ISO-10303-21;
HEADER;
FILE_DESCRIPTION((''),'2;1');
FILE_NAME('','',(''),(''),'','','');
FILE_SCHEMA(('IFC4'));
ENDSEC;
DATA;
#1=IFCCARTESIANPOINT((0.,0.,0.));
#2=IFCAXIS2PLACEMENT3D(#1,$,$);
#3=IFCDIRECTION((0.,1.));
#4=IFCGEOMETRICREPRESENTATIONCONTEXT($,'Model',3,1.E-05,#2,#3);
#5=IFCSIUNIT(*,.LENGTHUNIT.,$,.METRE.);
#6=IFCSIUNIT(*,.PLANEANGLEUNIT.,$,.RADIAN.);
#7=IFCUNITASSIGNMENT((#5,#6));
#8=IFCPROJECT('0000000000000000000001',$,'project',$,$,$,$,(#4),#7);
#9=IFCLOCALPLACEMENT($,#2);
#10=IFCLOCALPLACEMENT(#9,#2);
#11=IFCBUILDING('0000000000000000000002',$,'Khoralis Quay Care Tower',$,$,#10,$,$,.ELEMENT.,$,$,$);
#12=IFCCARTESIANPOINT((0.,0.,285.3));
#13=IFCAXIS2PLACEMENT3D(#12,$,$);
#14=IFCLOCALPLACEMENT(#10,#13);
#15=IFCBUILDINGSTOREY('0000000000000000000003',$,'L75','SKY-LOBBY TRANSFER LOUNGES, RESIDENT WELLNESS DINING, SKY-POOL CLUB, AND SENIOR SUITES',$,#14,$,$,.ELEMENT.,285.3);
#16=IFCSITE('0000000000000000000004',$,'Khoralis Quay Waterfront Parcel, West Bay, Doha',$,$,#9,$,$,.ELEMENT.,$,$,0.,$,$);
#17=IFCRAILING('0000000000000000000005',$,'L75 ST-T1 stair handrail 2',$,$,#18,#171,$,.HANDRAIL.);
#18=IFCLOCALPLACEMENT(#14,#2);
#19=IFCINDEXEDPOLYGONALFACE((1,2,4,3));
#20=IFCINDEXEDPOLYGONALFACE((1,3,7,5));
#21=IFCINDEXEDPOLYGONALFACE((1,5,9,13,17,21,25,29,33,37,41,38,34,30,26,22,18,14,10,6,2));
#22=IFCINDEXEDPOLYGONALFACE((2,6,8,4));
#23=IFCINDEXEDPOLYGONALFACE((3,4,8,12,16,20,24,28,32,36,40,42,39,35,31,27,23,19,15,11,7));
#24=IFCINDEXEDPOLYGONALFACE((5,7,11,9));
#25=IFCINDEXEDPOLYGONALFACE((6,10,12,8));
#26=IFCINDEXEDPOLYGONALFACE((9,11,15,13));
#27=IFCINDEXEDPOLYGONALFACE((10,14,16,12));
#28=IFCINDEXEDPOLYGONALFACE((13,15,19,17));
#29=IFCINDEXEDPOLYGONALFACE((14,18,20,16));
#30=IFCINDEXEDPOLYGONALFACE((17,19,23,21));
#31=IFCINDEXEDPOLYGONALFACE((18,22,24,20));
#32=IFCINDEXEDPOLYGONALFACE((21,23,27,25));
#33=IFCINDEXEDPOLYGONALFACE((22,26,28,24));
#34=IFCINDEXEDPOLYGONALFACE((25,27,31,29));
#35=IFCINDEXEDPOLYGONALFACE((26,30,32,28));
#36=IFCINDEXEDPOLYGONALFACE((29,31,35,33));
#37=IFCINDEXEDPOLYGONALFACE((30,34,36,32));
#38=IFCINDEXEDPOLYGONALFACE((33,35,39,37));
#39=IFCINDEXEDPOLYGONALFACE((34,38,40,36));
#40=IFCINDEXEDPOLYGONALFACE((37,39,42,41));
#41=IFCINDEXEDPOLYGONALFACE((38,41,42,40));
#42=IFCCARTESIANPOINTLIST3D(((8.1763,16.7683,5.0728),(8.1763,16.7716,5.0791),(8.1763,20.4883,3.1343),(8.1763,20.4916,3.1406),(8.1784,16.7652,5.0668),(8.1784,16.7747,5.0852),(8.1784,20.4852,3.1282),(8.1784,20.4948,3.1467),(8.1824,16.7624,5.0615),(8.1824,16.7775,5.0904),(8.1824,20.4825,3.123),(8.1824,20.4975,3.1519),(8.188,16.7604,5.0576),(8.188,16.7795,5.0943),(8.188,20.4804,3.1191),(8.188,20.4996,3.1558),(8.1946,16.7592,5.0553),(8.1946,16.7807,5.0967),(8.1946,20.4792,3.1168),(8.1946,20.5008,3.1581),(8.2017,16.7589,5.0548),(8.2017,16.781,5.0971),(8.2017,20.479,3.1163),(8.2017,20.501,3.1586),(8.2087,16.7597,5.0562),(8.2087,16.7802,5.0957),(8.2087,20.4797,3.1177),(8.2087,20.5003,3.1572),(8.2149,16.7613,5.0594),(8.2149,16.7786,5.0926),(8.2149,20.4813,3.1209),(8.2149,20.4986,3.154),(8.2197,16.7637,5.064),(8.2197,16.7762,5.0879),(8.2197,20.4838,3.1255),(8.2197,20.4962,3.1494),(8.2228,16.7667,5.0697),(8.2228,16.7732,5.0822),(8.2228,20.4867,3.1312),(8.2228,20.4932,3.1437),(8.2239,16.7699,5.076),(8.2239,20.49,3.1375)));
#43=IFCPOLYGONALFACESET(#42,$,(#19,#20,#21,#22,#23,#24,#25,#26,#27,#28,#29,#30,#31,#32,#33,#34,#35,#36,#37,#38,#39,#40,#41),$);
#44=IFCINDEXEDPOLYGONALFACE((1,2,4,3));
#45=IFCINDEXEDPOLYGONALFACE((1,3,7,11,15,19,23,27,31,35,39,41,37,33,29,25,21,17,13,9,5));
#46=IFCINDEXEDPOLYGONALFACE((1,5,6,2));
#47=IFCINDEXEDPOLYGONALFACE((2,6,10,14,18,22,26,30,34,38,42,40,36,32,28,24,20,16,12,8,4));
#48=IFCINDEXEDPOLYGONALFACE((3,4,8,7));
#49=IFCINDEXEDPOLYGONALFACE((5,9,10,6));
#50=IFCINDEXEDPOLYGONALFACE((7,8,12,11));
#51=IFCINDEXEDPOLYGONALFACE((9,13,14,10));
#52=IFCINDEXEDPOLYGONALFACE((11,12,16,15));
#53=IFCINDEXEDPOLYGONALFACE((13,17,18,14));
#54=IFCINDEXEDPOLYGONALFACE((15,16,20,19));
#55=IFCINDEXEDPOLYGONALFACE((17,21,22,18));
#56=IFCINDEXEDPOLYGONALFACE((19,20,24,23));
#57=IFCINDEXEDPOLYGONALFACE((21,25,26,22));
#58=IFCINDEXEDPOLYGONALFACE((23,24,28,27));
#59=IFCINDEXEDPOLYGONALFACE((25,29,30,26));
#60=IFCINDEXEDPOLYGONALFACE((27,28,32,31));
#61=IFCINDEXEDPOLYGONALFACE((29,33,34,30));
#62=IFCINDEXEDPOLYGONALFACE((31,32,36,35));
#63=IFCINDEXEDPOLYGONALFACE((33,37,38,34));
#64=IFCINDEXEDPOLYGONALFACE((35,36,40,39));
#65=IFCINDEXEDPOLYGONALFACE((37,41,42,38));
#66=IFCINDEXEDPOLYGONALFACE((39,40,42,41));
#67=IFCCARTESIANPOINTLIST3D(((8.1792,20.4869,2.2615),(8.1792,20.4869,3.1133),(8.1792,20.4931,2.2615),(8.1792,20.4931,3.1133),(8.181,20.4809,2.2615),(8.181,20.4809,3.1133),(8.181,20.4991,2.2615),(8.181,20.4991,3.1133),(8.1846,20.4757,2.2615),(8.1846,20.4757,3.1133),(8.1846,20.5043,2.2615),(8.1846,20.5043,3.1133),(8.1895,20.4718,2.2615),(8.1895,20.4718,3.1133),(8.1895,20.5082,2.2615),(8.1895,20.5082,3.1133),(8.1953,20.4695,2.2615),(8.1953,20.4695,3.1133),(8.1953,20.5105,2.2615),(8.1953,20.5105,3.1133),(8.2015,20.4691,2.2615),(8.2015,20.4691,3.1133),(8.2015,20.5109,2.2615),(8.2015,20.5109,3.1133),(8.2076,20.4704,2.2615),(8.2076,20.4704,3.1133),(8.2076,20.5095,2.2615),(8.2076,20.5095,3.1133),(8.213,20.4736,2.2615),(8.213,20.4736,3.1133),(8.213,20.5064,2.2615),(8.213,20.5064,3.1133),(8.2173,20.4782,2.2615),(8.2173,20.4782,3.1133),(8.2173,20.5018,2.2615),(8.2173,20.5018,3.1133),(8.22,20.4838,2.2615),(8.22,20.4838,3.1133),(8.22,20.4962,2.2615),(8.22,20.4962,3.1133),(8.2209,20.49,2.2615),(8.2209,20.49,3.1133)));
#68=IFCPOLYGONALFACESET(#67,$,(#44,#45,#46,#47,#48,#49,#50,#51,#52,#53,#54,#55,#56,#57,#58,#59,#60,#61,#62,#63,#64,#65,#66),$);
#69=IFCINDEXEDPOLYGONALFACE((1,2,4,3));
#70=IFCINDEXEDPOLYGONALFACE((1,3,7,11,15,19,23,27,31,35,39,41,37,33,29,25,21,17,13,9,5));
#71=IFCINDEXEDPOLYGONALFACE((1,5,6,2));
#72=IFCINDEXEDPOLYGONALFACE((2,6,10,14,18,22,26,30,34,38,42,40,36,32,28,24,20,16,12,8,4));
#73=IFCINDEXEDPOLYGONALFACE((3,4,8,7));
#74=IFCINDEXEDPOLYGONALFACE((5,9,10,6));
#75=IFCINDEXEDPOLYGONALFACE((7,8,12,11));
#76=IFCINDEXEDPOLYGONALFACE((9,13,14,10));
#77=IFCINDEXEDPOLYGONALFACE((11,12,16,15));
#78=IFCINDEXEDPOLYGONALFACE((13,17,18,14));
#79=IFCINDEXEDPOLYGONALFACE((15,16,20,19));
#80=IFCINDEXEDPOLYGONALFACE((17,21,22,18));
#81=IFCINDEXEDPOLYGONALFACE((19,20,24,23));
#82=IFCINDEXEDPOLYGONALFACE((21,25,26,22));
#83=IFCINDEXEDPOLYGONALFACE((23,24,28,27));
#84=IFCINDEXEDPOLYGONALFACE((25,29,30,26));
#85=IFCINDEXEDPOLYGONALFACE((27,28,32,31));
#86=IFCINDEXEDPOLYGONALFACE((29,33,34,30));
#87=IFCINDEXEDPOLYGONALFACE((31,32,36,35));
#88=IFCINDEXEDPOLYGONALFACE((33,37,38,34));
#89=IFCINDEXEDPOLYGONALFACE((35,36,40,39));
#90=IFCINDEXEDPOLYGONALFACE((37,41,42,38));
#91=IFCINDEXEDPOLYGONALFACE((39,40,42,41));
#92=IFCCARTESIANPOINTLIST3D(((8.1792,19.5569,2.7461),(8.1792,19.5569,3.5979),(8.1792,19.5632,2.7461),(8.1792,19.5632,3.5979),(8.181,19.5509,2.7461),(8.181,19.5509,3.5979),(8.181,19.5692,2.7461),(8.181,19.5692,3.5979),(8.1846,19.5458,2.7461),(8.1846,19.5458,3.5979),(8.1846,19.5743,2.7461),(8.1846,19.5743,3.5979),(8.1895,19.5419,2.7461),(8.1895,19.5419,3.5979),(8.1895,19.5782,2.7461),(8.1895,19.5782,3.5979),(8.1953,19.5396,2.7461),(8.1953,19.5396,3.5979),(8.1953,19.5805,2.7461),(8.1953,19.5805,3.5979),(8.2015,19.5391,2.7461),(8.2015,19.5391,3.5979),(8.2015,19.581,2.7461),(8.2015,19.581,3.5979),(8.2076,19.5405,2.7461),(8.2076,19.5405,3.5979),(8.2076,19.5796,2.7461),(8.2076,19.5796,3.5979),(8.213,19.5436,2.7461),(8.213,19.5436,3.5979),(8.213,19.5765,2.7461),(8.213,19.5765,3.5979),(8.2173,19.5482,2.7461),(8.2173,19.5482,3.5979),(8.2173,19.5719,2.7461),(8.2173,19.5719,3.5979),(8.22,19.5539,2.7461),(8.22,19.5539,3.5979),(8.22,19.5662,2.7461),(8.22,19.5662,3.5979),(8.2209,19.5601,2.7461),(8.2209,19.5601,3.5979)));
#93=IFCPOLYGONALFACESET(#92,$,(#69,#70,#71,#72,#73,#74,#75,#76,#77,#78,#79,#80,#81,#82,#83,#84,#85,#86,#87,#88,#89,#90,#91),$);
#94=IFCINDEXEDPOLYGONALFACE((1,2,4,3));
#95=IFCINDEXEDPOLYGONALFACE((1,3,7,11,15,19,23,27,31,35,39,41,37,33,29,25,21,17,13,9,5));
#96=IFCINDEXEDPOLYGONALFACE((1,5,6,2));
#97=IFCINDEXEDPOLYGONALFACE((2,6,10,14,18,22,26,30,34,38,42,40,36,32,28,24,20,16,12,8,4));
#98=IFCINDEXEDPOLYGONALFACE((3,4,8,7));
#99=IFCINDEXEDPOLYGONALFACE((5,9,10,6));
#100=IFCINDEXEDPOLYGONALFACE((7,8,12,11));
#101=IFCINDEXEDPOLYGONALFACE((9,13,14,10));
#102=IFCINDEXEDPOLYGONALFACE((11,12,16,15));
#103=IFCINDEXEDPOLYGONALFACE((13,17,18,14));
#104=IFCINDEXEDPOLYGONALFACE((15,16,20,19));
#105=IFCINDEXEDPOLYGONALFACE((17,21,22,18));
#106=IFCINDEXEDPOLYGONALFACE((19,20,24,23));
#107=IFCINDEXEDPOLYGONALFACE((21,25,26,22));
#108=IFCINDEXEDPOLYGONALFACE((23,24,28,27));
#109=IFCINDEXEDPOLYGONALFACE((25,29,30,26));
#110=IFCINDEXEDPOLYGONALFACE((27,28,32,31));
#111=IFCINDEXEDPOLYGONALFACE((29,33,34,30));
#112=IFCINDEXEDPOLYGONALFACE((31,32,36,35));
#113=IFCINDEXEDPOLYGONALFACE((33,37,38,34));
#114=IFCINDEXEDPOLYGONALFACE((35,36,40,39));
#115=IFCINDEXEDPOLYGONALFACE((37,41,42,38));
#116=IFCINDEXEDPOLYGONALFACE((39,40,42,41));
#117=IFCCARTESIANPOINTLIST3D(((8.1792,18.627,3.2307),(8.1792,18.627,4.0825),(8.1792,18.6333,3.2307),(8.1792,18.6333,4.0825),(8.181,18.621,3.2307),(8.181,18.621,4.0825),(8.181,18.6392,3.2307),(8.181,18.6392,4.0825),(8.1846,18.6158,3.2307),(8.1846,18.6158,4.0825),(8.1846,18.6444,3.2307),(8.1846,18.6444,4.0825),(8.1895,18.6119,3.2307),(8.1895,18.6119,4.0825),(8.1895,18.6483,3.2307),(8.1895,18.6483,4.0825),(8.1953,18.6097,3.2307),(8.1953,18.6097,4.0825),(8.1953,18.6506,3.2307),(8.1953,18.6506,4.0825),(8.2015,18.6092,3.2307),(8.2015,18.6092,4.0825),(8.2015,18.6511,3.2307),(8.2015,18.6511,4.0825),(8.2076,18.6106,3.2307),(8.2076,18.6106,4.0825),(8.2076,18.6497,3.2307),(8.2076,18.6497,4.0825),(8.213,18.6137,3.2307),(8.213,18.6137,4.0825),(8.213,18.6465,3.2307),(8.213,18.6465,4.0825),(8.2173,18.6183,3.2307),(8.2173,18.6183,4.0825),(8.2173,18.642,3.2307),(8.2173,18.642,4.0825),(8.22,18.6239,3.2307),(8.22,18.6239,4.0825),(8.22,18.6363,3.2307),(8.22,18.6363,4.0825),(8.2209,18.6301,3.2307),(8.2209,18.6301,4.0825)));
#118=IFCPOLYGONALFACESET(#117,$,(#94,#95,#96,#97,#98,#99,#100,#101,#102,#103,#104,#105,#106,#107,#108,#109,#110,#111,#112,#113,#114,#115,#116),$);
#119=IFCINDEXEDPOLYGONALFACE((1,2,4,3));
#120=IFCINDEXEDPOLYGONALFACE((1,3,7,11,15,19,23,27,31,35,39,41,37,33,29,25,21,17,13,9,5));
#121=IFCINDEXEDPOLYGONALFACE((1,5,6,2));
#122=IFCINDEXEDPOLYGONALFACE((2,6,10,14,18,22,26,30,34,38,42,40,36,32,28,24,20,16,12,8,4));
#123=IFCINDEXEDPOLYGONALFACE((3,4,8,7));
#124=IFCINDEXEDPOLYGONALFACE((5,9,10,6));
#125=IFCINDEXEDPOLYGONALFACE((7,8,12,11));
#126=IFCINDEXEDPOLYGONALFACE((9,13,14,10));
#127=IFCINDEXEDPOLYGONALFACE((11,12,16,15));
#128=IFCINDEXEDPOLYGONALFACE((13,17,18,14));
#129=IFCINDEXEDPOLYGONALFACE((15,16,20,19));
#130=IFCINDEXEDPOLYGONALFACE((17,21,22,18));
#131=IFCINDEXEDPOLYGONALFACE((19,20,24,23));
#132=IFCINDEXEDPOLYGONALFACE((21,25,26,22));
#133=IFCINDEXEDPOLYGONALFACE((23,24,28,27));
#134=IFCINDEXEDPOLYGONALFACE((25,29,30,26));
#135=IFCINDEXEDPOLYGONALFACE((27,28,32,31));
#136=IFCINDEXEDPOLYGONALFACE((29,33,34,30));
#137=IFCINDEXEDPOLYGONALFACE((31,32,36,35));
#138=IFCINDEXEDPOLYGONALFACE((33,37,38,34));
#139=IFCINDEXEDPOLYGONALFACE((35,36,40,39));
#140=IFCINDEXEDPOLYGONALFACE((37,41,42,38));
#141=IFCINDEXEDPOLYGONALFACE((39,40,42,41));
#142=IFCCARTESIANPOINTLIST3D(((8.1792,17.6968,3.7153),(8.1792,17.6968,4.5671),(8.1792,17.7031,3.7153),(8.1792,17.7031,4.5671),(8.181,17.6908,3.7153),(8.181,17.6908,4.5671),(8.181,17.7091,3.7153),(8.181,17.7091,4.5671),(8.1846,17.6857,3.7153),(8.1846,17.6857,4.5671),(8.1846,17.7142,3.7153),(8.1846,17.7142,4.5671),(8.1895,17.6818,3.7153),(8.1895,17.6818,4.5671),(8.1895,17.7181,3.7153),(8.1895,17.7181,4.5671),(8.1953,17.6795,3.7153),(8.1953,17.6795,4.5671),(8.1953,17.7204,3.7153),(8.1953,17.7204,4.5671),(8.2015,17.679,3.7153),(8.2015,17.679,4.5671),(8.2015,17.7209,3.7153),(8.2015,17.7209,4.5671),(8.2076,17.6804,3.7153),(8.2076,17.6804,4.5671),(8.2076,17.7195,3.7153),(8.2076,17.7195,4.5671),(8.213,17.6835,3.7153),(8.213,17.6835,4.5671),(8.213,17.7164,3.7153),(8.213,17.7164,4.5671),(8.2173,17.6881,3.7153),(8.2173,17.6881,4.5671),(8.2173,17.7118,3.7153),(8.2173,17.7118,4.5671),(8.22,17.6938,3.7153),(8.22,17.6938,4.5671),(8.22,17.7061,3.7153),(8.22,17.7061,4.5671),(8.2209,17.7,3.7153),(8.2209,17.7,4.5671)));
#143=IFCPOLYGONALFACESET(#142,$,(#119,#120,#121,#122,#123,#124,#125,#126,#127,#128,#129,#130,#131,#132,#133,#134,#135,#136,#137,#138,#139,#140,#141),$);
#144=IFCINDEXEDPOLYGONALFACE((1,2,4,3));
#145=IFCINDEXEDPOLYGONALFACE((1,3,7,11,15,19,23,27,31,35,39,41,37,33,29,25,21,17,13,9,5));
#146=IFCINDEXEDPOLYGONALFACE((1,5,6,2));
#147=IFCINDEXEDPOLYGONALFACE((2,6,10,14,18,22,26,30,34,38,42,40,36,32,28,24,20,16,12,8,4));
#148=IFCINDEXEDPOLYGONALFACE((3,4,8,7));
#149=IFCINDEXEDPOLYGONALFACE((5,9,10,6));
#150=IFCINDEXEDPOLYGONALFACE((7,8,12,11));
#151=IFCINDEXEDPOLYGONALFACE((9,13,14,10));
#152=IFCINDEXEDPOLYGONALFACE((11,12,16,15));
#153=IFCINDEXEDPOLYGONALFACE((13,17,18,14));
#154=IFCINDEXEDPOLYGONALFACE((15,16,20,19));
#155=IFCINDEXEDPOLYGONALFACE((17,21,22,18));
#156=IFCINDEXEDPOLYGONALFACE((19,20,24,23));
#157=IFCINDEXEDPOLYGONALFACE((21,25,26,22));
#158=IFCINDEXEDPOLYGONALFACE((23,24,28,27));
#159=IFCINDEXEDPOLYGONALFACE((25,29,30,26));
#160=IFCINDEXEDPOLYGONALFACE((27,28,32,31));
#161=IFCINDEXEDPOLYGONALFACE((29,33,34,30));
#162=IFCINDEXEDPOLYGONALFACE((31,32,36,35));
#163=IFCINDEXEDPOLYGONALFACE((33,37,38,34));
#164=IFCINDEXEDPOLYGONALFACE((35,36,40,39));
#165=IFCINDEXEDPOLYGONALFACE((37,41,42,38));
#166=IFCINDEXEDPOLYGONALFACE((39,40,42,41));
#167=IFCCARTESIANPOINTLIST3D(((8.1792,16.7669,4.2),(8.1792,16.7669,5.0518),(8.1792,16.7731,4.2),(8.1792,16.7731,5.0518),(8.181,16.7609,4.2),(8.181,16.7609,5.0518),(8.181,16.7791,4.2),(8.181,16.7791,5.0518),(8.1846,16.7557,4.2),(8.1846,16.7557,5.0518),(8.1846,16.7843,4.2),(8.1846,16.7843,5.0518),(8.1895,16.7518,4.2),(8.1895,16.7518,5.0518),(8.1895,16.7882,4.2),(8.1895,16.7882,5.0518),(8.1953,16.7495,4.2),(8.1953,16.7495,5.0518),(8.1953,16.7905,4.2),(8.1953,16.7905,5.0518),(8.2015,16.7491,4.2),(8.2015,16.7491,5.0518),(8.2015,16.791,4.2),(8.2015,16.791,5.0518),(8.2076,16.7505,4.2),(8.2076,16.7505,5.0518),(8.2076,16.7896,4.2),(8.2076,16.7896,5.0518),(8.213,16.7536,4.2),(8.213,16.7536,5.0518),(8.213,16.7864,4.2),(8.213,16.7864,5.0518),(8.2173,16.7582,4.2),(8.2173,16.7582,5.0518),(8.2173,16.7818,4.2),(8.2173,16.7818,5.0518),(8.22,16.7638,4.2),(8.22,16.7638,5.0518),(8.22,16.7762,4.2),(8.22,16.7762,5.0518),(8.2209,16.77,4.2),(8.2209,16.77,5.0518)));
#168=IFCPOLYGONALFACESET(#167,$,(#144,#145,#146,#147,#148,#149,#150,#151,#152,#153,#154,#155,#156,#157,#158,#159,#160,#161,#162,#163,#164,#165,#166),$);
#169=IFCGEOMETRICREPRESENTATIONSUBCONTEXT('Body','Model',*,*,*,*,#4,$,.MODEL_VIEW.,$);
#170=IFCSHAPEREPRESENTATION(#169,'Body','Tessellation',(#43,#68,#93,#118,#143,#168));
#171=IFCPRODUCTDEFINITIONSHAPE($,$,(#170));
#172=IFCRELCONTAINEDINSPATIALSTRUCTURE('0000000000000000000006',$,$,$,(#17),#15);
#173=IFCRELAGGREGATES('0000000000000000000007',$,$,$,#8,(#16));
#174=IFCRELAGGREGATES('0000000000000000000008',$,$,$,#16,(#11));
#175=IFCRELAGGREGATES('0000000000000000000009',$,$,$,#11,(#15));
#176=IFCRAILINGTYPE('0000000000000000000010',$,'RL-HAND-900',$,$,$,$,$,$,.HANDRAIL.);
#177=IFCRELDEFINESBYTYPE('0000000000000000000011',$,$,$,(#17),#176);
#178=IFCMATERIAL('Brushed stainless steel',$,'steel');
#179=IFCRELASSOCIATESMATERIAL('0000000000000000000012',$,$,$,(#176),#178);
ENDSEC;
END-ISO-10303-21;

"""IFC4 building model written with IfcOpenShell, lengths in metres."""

from ifc_helpers import new_model, si_unit, direction, frame, origin, origin_2d, place, context, subcontext, project, spatial, circle, extrude, material, type_object, element, save


model = new_model("IFC4")

# Units and contexts
model_context = context("Model", 3, precision=1e-05, world=origin(), true_north=direction((0.0, 1.0)))
body_context = subcontext(model_context, "Body", "Model", "MODEL_VIEW")
ifc_project = project(units=[si_unit("LENGTHUNIT", "METRE"), si_unit("PLANEANGLEUNIT", "RADIAN")], contexts=[model_context])

# Site, building, storey
site_placement = place(None, origin())
site = spatial("IfcSite", under=ifc_project, at=site_placement, Name="Khoralis Quay Waterfront Parcel, West Bay, Doha", CompositionType="ELEMENT", RefElevation=0.0)
building_placement = place(site_placement, origin())
building = spatial("IfcBuilding", under=site, at=building_placement, Name="Khoralis Quay Care Tower", CompositionType="ELEMENT")
storey_placement = place(building_placement, frame((0.0, 0.0, 285.3)))
storey = spatial("IfcBuildingStorey", under=building, at=storey_placement, Name="L75", Description="SKY-LOBBY TRANSFER LOUNGES, RESIDENT WELLNESS DINING, SKY-POOL CLUB, AND SENIOR SUITES", CompositionType="ELEMENT", Elevation=285.3)

# Shared definitions
ifc_material_1 = material(Name="Brushed stainless steel", Category="steel")

# Railing
railing_type_1 = type_object("IfcRailingType", Name="RL-HAND-900", PredefinedType="HANDRAIL", material=ifc_material_1)
railing_1_placement = place(storey_placement, frame((8.2, 20.49, 2.2615)))
element("IfcRailing", 1, at=railing_1_placement, inside=storey, type_object=railing_type_1, Name="L75 ST-T1 stair handrail 2", PredefinedType="HANDRAIL", context=body_context, shape_type="SweptSolid", body=[
    extrude(circle(Radius=0.0239, at=origin_2d()), frame((0.0, 0.0, 0.876), z_axis=(0.0, -0.886817, 0.46212), x_axis=(1.0, 0.0, 0.0)), (0.0, 0.0, 1.0), 4.1948),
    extrude(circle(Radius=0.021, at=origin_2d()), origin(), (0.0, 0.0, 1.0), 0.8518),
    extrude(circle(Radius=0.021, at=origin_2d()), frame((0.0, -0.9299, 0.4846)), (0.0, 0.0, 1.0), 0.8518),
    extrude(circle(Radius=0.021, at=origin_2d()), frame((0.0, -1.8599, 0.9692)), (0.0, 0.0, 1.0), 0.8518),
    extrude(circle(Radius=0.021, at=origin_2d()), frame((0.0, -2.79, 1.4539)), (0.0, 0.0, 1.0), 0.8518),
    extrude(circle(Radius=0.021, at=origin_2d()), frame((0.0, -3.72, 1.9385)), (0.0, 0.0, 1.0), 0.8518),
])

save(model, "model.ifc")
